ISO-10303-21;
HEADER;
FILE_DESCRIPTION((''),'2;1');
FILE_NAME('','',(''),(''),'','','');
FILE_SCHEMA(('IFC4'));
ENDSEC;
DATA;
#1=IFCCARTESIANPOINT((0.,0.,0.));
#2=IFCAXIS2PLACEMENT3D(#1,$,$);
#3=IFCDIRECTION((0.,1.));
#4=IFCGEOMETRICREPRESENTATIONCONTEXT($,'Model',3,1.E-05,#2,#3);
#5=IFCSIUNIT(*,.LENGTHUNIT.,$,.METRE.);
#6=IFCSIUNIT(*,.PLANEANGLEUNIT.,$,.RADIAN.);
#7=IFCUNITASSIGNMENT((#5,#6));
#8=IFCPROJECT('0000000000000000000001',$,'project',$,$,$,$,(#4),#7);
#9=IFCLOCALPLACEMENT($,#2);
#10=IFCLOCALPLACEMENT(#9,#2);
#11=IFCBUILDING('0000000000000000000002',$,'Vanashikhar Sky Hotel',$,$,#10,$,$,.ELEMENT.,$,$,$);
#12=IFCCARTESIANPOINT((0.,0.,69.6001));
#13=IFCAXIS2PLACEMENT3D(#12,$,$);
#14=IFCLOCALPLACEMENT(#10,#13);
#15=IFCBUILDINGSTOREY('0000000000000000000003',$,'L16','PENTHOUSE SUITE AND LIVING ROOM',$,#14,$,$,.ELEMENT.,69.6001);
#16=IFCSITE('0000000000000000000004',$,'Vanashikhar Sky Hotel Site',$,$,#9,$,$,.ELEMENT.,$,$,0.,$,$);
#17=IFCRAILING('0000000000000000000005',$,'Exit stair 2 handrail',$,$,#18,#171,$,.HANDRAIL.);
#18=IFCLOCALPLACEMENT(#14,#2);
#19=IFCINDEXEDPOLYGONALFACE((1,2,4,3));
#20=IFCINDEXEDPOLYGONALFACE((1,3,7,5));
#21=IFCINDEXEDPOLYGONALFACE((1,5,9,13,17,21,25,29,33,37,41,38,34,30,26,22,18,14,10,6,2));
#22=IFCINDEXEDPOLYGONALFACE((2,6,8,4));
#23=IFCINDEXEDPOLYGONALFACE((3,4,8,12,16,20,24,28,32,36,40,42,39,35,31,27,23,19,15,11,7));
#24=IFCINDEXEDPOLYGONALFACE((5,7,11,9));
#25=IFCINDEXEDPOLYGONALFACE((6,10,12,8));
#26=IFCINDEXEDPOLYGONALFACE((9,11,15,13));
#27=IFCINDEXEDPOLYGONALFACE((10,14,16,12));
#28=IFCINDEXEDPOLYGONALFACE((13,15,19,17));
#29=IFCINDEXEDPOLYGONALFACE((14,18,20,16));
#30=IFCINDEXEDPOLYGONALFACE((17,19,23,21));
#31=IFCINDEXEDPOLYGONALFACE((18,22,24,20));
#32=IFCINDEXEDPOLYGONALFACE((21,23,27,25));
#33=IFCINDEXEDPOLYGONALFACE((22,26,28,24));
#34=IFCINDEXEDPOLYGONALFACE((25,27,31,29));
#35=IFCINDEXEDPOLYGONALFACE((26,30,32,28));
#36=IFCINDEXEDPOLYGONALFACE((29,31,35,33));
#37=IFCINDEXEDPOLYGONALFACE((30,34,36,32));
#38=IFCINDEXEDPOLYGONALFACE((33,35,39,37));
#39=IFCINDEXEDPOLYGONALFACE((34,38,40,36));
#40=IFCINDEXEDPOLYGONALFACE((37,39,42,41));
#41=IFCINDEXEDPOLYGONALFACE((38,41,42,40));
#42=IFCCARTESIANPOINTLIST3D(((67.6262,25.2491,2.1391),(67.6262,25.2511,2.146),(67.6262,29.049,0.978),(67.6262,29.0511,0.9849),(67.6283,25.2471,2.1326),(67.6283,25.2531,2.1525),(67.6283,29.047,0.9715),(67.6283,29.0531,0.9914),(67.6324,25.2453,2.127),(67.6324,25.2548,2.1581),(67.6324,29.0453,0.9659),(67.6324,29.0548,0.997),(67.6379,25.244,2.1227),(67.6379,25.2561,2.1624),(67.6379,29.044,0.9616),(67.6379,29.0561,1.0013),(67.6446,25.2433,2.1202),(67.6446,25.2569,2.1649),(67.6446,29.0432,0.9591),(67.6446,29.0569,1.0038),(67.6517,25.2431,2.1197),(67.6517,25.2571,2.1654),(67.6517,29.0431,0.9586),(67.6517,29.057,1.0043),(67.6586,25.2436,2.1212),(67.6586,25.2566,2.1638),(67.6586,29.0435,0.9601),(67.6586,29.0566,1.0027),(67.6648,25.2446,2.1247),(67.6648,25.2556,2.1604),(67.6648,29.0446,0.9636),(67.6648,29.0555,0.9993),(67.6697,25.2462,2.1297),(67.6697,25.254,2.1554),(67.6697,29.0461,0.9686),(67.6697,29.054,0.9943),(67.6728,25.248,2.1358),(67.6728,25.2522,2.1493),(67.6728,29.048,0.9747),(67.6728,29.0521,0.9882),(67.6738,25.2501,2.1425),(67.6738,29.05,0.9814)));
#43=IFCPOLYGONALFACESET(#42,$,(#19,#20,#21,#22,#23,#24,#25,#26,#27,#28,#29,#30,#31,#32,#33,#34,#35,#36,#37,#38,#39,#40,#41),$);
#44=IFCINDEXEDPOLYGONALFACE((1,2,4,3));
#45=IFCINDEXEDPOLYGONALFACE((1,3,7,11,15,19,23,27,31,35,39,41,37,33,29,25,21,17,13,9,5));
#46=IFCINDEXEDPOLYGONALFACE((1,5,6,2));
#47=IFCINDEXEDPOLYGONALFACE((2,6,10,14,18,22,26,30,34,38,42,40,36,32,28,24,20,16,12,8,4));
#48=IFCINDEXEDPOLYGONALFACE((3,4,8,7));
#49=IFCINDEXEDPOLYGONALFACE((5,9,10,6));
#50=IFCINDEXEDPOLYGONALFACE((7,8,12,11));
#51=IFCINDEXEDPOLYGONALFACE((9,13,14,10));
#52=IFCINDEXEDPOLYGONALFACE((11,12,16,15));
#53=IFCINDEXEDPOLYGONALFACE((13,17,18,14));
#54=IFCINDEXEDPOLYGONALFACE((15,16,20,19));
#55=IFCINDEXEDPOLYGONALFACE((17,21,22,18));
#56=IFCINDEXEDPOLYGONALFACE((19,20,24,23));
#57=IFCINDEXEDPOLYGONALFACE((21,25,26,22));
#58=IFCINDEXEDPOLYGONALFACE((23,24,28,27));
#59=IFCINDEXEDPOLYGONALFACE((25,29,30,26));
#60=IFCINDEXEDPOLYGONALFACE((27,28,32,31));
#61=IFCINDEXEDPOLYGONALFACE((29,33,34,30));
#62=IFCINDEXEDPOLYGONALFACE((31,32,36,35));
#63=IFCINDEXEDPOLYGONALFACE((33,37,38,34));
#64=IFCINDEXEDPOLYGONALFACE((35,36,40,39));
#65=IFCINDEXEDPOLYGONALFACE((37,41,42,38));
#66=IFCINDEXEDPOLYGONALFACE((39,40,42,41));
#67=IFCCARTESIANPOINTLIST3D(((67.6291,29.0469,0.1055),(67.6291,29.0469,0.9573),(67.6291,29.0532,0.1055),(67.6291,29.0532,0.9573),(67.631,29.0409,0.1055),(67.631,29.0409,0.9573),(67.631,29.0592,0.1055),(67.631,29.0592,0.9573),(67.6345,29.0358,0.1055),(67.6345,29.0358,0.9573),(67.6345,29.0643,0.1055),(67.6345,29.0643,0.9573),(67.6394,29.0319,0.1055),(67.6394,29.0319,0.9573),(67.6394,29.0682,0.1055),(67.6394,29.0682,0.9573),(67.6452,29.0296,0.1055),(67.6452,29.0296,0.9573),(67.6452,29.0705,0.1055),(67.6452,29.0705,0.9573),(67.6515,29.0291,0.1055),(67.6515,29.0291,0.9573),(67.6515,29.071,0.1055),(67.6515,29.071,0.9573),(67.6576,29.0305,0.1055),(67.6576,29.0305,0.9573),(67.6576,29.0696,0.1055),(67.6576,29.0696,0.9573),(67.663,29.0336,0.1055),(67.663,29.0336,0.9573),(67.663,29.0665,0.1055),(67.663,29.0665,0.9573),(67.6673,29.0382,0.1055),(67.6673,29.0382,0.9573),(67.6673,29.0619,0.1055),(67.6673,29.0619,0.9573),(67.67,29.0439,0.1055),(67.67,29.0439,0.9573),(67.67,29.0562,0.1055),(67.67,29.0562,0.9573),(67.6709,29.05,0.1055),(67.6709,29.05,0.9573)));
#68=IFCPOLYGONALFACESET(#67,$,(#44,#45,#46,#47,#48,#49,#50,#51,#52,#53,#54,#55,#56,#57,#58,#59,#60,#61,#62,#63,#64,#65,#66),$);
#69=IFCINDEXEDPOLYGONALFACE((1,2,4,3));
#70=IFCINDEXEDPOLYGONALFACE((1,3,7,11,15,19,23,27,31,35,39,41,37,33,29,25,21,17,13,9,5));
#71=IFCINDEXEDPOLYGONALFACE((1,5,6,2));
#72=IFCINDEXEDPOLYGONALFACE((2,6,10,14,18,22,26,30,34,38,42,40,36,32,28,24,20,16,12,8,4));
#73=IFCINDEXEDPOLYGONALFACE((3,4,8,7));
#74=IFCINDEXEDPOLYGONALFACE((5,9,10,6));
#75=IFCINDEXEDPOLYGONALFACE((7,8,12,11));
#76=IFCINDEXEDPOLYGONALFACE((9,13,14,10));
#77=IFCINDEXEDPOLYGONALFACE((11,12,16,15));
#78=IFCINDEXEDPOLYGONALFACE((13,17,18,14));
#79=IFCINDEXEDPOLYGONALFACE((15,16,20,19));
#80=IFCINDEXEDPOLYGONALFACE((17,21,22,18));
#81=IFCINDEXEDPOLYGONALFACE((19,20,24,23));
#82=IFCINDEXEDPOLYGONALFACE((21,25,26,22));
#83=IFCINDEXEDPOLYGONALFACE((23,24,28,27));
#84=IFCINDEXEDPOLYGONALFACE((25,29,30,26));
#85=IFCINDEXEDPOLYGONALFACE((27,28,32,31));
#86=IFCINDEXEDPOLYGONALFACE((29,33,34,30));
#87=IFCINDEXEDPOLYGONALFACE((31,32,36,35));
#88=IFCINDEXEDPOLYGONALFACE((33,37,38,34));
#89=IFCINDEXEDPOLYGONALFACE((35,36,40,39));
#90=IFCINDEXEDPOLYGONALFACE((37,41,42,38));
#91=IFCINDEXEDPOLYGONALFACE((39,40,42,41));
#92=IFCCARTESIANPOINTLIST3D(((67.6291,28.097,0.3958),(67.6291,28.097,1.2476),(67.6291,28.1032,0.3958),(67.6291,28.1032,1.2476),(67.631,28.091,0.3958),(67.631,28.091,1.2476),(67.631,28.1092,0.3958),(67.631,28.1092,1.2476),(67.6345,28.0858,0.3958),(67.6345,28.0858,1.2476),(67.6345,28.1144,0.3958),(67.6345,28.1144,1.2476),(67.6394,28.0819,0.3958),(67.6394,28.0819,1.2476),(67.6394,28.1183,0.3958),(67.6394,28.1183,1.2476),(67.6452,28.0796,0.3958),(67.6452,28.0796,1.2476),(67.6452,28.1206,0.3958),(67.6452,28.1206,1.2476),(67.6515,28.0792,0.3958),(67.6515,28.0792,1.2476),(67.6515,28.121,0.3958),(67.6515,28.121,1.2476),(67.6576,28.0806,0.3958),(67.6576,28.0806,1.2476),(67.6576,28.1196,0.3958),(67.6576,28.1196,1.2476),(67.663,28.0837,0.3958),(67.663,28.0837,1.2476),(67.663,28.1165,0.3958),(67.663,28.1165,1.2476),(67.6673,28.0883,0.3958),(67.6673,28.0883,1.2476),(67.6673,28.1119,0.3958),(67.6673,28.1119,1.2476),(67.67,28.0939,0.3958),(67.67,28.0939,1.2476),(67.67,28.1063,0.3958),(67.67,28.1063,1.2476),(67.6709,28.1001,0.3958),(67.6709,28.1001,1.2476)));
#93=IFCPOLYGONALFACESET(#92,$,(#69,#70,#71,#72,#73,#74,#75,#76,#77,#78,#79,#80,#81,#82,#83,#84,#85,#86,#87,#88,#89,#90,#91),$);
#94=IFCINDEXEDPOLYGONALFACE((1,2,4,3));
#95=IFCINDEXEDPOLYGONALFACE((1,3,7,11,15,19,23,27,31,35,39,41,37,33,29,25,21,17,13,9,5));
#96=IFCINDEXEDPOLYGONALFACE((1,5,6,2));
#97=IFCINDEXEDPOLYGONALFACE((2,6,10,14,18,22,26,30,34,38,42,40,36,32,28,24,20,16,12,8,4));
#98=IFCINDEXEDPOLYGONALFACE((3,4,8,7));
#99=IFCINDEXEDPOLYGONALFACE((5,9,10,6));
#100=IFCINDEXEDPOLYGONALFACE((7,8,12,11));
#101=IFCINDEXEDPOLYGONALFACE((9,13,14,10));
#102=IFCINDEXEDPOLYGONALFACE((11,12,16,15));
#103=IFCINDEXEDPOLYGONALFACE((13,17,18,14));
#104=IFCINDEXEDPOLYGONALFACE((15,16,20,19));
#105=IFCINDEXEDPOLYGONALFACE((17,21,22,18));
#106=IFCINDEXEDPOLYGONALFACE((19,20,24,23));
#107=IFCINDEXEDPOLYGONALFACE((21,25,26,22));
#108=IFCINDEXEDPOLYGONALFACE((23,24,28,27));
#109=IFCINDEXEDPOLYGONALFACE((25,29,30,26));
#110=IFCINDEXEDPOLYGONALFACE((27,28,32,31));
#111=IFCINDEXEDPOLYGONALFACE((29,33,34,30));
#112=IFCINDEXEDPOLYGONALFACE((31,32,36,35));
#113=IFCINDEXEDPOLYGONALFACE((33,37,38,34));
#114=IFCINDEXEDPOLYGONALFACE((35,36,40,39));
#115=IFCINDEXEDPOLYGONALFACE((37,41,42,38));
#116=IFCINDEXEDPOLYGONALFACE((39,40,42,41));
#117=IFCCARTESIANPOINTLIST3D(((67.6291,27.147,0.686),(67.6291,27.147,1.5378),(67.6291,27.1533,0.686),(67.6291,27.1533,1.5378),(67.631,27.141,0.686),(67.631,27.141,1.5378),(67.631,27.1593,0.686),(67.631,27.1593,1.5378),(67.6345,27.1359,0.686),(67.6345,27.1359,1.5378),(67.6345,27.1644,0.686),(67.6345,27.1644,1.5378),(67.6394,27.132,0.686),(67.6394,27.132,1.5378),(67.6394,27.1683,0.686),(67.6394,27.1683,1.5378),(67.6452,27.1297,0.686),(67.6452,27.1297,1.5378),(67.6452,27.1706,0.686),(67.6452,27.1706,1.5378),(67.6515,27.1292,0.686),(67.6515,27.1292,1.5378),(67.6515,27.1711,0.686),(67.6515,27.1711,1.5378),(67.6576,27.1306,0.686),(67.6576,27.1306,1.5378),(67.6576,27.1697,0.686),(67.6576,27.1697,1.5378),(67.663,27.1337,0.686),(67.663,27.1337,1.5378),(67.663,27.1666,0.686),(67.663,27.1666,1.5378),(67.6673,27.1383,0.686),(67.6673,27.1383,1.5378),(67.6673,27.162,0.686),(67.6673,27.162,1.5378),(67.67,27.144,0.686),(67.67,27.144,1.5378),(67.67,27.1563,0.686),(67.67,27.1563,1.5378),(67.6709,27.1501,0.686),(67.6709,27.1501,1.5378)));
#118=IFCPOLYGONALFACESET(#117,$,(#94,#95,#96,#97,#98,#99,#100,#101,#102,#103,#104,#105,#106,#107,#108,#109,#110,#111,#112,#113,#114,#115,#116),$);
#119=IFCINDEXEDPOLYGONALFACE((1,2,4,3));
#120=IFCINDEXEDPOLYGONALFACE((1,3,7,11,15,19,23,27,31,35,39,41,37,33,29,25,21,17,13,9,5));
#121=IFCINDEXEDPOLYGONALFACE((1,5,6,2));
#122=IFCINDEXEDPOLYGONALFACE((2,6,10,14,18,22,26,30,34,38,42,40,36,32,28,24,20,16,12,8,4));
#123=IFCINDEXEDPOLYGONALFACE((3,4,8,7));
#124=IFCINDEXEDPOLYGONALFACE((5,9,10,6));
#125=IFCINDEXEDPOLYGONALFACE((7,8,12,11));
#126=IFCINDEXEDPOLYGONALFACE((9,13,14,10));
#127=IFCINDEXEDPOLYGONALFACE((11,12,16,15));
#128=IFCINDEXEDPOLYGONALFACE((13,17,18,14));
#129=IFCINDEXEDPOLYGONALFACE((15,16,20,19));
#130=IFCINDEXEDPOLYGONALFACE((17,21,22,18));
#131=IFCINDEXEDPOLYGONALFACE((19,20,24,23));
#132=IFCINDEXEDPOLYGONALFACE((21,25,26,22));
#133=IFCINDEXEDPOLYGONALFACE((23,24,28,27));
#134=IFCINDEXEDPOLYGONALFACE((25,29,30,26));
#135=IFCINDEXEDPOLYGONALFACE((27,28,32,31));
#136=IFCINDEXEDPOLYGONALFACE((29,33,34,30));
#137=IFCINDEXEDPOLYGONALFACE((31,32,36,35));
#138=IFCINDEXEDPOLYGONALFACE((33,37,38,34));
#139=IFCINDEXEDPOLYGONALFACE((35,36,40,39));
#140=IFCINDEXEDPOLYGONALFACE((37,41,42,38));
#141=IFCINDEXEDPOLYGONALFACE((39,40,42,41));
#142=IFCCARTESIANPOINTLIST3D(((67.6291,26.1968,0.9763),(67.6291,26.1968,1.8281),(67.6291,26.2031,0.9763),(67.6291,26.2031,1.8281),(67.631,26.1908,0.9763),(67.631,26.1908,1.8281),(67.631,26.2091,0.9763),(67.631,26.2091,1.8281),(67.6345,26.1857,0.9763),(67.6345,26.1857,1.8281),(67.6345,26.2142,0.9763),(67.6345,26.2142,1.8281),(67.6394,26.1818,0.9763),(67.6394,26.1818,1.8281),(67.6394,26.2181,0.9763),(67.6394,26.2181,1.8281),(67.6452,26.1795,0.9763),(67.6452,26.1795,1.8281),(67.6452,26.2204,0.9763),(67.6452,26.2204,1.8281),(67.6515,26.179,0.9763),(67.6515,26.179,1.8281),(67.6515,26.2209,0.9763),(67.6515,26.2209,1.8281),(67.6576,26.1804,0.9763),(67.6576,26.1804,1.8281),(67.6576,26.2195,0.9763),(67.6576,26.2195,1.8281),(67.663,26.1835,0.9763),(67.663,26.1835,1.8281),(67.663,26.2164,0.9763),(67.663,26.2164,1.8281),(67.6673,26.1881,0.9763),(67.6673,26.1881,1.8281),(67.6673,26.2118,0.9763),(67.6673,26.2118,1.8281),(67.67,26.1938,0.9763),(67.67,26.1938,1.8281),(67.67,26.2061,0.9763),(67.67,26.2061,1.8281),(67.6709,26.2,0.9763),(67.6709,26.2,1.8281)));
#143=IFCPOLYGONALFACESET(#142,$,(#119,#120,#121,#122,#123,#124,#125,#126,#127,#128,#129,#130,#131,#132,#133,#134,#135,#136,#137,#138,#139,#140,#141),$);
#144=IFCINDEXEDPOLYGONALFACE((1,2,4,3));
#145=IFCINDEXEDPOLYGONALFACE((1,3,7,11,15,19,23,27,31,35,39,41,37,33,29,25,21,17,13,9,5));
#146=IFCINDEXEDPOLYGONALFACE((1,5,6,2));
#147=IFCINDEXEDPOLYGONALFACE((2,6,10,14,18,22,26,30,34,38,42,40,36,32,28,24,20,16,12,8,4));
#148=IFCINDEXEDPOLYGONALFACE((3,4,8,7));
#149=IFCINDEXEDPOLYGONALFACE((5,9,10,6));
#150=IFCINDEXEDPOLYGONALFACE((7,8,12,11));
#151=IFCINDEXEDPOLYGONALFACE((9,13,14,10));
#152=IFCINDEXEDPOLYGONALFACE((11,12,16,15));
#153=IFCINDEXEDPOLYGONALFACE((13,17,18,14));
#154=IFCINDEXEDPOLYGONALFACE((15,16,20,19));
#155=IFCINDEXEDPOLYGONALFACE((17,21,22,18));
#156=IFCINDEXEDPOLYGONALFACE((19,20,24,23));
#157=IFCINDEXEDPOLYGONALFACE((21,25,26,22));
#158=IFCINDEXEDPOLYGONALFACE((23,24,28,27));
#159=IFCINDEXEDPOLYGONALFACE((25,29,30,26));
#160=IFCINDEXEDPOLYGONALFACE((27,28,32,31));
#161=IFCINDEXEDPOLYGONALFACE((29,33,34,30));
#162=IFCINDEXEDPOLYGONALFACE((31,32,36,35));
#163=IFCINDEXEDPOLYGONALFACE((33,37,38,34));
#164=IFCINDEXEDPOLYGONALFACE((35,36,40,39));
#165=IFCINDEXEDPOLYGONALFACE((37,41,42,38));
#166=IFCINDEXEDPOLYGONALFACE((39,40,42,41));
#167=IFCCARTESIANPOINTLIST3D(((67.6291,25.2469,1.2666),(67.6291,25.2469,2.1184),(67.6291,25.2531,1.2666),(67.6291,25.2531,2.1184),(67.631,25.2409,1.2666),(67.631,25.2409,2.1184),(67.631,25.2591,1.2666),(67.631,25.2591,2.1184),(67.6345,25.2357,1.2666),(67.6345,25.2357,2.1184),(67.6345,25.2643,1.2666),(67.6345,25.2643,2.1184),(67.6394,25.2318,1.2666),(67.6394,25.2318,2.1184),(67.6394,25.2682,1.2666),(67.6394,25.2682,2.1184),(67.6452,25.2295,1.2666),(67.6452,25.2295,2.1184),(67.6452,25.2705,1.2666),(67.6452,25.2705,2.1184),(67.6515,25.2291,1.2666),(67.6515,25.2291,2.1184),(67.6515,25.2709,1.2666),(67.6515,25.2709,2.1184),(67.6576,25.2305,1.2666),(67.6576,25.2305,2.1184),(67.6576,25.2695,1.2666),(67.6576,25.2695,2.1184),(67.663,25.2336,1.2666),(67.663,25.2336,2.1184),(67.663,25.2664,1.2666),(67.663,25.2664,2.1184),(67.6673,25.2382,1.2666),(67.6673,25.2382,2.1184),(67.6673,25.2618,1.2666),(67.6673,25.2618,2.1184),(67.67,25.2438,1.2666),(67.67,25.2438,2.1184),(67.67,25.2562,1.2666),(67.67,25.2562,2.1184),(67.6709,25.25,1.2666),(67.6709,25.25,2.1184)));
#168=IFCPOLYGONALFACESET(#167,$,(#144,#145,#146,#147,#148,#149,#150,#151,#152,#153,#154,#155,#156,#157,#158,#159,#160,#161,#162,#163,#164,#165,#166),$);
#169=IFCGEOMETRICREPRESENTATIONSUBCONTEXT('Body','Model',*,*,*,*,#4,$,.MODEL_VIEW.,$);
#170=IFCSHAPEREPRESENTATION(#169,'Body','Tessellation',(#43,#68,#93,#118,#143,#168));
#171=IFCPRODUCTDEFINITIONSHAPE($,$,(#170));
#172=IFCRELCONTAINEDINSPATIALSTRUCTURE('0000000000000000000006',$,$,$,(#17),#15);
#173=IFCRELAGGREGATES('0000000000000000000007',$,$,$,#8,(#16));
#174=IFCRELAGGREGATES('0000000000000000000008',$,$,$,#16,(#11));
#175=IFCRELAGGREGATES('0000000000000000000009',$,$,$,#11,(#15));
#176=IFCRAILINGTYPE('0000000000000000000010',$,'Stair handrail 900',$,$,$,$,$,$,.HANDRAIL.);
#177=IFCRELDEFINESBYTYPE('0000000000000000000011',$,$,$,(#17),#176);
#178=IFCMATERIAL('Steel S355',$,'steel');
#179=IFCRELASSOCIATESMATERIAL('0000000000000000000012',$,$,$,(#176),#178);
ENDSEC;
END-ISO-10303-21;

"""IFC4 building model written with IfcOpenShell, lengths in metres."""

from ifc_helpers import new_model, si_unit, direction, frame, origin, origin_2d, place, context, subcontext, project, spatial, circle, extrude, source, transform, mapped, material, type_object, element, save


model = new_model("IFC4")

# Units and contexts
model_context = context("Model", 3, precision=1e-05, world=origin(), true_north=direction((0.0, 1.0)))
body_context = subcontext(model_context, "Body", "Model", "MODEL_VIEW")
ifc_project = project(units=[si_unit("LENGTHUNIT", "METRE"), si_unit("PLANEANGLEUNIT", "RADIAN")], contexts=[model_context])

# Site, building, storey
site_placement = place(None, origin())
site = spatial("IfcSite", under=ifc_project, at=site_placement, Name="Vanashikhar Sky Hotel Site", CompositionType="ELEMENT", RefElevation=0.0)
building_placement = place(site_placement, origin())
building = spatial("IfcBuilding", under=site, at=building_placement, Name="Vanashikhar Sky Hotel", CompositionType="ELEMENT")
storey_placement = place(building_placement, frame((0.0, 0.0, 69.6001)))
storey = spatial("IfcBuildingStorey", under=building, at=storey_placement, Name="L16", Description="PENTHOUSE SUITE AND LIVING ROOM", CompositionType="ELEMENT", Elevation=69.6001)

# Railing
ifc_material_1 = material(Name="Steel S355", Category="steel")
railing_type_1 = type_object("IfcRailingType", Name="Stair handrail 900", PredefinedType="HANDRAIL", material=ifc_material_1)
shared_shape_1 = source(origin(), body_context, "Body", "SweptSolid", [
    extrude(circle(Radius=0.0239, at=origin_2d()), frame((0.0, 0.0, 0.876), z_axis=(0.0, -0.956351, 0.29222), x_axis=(1.0, 0.0, 0.0)), (0.0, 0.0, 1.0), 3.9734),
    extrude(circle(Radius=0.021, at=origin_2d()), origin(), (0.0, 0.0, 1.0), 0.8518),
    extrude(circle(Radius=0.021, at=origin_2d()), frame((0.0, -0.95, 0.2903)), (0.0, 0.0, 1.0), 0.8518),
    extrude(circle(Radius=0.021, at=origin_2d()), frame((0.0, -1.8999, 0.5806)), (0.0, 0.0, 1.0), 0.8518),
    extrude(circle(Radius=0.021, at=origin_2d()), frame((0.0, -2.8501, 0.8708)), (0.0, 0.0, 1.0), 0.8518),
    extrude(circle(Radius=0.021, at=origin_2d()), frame((0.0, -3.8, 1.1611)), (0.0, 0.0, 1.0), 0.8518),
])
for number, where, name in (
    (1, (67.6499, 29.05, 0.1055), "Exit stair 2 handrail"),
):
    element("IfcRailing", number, at=place(storey_placement, frame(where)), inside=storey, type_object=railing_type_1, Name=name, PredefinedType="HANDRAIL", context=body_context, shape_type="MappedRepresentation", body=[
        mapped(shared_shape_1, transform((0.0, 0.0, 0.0), scale=1.0)),
    ])

save(model, "model.ifc")
